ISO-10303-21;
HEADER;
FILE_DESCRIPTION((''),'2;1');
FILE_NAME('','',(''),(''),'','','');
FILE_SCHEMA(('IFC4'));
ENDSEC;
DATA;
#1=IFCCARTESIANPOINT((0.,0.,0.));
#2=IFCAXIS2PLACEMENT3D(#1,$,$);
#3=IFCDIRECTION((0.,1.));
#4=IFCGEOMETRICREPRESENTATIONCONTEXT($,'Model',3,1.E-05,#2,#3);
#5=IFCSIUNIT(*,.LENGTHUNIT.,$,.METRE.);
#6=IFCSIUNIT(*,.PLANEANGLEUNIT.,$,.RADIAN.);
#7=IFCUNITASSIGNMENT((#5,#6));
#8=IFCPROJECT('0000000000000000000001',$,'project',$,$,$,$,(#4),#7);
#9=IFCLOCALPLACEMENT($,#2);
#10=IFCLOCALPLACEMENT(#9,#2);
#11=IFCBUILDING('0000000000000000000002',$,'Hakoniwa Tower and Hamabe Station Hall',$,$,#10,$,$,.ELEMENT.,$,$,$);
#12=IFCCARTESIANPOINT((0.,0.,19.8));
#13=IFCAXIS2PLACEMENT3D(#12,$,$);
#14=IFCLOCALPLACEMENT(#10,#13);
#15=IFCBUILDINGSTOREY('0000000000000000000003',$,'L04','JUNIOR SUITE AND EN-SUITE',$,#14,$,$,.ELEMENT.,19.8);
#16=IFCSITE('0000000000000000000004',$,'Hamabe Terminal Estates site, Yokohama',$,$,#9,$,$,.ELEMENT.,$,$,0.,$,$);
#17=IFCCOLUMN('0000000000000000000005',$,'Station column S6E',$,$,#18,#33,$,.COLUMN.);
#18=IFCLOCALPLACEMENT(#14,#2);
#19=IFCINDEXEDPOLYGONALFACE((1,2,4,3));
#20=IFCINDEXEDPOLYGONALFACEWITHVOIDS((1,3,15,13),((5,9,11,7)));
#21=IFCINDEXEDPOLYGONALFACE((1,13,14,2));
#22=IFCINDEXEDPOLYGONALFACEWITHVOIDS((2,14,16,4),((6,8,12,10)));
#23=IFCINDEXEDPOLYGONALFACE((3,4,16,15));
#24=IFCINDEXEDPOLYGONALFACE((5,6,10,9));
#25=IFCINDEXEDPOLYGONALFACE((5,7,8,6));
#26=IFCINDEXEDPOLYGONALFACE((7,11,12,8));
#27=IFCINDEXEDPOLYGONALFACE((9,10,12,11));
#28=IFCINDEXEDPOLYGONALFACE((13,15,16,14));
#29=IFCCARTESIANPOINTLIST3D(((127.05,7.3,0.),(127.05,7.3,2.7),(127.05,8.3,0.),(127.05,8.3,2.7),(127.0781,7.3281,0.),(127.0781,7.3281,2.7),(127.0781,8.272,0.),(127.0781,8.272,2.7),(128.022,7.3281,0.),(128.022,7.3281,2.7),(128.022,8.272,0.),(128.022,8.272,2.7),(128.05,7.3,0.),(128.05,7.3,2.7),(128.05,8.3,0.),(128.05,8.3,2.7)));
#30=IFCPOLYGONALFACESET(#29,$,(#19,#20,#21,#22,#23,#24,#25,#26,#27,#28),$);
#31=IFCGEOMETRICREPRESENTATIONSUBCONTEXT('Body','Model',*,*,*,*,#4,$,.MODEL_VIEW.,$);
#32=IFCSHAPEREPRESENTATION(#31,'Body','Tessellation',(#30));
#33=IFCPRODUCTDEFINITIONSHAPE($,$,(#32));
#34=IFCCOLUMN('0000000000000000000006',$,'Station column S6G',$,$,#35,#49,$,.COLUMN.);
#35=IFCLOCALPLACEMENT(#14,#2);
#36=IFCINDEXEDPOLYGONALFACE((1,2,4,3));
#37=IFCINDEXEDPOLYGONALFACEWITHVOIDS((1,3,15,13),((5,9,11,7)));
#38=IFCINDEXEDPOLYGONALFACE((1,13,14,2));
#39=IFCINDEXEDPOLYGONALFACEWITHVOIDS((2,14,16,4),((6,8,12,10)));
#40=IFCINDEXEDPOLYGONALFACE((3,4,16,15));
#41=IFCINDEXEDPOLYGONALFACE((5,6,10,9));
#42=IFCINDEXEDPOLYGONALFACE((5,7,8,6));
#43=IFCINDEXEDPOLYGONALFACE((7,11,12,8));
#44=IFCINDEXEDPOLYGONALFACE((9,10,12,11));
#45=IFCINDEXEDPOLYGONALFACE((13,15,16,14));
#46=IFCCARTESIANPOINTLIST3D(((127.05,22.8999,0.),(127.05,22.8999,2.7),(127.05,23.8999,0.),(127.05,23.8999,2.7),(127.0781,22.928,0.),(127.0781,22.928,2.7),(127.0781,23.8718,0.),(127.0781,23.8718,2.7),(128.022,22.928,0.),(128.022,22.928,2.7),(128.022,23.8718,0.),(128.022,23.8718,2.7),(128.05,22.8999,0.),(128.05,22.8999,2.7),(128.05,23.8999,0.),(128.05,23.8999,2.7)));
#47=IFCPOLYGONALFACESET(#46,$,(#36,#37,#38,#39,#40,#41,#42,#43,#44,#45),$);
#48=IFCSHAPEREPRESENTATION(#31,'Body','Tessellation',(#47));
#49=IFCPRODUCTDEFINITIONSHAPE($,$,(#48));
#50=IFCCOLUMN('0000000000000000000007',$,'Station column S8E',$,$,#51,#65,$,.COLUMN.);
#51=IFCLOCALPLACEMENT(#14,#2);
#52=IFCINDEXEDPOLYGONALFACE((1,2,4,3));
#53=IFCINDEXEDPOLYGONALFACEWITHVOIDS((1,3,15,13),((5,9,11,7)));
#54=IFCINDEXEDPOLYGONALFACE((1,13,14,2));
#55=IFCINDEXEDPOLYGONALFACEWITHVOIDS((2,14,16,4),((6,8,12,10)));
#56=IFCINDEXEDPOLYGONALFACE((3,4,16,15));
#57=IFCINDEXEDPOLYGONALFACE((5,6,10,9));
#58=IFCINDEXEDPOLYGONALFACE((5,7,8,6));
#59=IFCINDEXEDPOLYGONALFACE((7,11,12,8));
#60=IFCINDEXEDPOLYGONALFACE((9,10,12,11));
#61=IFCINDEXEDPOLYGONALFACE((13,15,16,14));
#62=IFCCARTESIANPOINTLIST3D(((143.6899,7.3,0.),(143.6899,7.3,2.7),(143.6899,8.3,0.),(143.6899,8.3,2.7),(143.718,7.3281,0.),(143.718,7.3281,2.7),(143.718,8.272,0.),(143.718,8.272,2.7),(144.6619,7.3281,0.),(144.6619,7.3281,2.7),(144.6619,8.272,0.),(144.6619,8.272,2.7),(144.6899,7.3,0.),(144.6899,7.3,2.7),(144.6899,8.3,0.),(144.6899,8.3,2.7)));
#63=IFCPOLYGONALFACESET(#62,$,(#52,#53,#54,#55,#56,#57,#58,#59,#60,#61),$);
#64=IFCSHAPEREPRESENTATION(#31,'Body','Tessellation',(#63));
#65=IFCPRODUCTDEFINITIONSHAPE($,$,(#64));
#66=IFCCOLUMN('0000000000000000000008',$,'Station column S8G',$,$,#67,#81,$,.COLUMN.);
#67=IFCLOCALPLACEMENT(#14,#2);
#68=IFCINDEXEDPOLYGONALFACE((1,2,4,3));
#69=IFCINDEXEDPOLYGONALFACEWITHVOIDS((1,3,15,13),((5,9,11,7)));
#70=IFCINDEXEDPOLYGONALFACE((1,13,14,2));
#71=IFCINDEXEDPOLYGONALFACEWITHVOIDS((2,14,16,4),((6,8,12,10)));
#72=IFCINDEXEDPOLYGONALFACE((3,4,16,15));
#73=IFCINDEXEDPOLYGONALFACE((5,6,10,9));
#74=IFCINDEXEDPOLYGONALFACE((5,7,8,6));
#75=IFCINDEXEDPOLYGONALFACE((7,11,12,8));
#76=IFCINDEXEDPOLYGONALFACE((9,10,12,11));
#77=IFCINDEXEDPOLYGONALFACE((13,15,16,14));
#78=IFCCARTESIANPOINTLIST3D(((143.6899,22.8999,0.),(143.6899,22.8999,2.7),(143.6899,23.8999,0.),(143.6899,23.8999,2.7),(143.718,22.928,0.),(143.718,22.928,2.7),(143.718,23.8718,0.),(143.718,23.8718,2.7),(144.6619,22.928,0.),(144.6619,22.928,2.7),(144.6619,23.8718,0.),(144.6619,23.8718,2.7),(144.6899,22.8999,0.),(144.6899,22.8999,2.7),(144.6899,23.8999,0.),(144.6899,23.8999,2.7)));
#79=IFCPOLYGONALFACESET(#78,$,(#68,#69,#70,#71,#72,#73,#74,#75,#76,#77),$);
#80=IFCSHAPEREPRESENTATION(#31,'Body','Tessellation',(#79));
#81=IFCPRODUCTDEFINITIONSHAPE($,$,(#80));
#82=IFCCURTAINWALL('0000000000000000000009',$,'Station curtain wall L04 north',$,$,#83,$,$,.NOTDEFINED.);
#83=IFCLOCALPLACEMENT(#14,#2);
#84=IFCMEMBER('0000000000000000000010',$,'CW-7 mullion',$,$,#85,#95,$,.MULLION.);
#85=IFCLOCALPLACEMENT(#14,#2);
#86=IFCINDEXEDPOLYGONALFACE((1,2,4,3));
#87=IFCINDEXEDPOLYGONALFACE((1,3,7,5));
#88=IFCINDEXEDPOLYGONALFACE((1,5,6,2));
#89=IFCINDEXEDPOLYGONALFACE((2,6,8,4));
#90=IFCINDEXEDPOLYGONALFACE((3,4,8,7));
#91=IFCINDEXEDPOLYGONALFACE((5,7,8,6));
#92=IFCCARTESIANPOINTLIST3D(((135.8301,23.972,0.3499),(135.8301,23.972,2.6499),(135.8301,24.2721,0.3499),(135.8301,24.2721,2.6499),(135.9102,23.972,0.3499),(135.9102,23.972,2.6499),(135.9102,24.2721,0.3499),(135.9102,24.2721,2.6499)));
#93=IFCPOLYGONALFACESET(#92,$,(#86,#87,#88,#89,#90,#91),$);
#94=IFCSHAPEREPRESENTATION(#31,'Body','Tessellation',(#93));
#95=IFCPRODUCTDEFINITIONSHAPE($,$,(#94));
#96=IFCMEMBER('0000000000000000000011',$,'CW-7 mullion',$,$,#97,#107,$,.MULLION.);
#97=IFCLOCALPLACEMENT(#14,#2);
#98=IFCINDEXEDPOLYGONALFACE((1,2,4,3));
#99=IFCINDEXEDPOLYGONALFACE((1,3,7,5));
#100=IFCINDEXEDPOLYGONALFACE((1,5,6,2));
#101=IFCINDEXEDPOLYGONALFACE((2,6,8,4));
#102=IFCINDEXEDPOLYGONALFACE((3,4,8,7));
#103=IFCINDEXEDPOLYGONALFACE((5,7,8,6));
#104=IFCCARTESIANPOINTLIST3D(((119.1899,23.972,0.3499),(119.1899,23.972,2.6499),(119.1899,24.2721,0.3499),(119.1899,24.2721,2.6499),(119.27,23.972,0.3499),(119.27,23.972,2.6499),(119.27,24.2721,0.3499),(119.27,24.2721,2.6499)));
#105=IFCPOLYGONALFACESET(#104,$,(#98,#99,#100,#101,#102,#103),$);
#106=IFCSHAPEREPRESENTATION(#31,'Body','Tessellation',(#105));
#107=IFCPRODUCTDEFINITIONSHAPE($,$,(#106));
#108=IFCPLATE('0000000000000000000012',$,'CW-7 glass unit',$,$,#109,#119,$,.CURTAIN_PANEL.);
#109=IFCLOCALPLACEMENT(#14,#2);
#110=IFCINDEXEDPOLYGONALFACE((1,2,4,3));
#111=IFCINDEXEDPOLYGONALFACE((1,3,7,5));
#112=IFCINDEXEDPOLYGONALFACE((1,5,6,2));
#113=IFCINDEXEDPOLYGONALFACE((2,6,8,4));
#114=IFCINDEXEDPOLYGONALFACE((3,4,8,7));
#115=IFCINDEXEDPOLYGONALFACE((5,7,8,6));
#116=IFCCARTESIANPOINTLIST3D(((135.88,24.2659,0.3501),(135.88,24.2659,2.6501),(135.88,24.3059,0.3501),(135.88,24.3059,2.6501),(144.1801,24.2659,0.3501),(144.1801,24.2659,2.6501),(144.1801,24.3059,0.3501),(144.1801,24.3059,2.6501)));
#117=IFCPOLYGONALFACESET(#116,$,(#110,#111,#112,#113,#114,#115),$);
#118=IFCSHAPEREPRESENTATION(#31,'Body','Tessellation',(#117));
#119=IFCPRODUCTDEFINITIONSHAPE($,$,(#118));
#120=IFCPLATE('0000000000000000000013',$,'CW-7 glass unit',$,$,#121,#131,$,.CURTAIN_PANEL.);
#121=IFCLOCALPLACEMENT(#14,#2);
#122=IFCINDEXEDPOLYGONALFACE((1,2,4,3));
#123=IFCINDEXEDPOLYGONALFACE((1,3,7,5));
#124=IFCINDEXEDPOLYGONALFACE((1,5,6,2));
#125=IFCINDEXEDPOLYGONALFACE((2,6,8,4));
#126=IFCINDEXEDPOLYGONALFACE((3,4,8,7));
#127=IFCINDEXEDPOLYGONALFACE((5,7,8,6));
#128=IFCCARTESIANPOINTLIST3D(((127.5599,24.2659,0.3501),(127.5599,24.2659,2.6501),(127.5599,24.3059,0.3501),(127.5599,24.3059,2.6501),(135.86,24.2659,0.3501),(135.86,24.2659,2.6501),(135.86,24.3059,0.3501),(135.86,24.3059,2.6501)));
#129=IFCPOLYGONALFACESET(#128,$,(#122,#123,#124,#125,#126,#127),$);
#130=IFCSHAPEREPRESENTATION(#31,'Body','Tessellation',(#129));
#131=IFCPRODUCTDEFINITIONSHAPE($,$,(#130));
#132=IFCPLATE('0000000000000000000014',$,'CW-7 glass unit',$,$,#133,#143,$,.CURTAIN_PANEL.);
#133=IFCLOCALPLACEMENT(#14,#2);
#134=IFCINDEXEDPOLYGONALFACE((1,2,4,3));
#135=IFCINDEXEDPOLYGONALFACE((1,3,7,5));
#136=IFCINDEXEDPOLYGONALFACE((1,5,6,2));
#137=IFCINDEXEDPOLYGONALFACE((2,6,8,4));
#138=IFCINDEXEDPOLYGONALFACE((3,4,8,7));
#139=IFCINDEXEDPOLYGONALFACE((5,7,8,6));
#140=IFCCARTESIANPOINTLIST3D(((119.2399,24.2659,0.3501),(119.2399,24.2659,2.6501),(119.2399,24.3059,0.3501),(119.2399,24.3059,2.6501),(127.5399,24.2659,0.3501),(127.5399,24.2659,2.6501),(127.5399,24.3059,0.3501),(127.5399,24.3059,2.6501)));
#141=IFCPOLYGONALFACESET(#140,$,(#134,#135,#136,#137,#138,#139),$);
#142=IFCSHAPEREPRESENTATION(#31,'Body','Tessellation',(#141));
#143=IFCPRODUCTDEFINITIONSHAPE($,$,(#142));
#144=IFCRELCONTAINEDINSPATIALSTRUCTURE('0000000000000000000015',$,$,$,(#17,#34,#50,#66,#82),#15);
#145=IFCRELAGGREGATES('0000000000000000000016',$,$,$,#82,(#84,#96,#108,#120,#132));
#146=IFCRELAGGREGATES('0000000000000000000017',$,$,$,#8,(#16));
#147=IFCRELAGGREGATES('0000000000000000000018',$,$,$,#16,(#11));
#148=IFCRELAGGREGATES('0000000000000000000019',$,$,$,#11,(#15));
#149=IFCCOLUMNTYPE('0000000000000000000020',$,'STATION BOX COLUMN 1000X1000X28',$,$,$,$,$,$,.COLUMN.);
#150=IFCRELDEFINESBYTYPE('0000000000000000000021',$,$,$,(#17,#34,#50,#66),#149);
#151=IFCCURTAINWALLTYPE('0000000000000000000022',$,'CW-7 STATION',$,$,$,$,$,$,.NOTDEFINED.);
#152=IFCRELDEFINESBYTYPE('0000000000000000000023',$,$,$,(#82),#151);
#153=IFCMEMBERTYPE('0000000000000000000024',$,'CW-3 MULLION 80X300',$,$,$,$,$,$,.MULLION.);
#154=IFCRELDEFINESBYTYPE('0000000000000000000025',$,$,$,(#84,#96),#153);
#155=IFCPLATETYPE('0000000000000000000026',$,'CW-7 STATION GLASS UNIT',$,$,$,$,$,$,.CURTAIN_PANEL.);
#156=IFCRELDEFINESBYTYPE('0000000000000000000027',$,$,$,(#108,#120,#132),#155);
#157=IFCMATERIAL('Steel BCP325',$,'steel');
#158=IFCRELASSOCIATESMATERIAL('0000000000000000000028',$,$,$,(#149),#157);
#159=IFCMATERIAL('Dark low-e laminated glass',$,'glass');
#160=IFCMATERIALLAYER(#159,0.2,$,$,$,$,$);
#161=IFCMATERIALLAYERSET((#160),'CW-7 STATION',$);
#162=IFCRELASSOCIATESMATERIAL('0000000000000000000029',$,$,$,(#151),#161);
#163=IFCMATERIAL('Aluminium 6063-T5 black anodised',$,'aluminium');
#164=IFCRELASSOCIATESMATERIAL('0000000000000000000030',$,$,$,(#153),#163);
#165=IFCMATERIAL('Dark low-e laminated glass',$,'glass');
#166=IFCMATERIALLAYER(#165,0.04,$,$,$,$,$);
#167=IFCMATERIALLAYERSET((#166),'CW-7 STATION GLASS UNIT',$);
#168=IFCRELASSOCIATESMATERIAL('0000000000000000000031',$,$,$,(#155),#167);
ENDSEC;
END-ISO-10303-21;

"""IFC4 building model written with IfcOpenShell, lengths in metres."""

from ifc_helpers import new_model, si_unit, direction, frame, origin, origin_2d, place, context, subcontext, project, spatial, rectangle, hollow_rectangle, extrude, material, layer, layer_set, material_profile, profile_set, type_object, element, aggregate, save


model = new_model("IFC4")

# Units and contexts
model_context = context("Model", 3, precision=1e-05, world=origin(), true_north=direction((0.0, 1.0)))
body_context = subcontext(model_context, "Body", "Model", "MODEL_VIEW")
ifc_project = project(units=[si_unit("LENGTHUNIT", "METRE"), si_unit("PLANEANGLEUNIT", "RADIAN")], contexts=[model_context])

# Site, building, storey
site_placement = place(None, origin())
site = spatial("IfcSite", under=ifc_project, at=site_placement, Name="Hamabe Terminal Estates site, Yokohama", CompositionType="ELEMENT", RefElevation=0.0)
building_placement = place(site_placement, origin())
building = spatial("IfcBuilding", under=site, at=building_placement, Name="Hakoniwa Tower and Hamabe Station Hall", CompositionType="ELEMENT")
storey_placement = place(building_placement, frame((0.0, 0.0, 19.8)))
storey = spatial("IfcBuildingStorey", under=building, at=storey_placement, Name="L04", Description="JUNIOR SUITE AND EN-SUITE", CompositionType="ELEMENT", Elevation=19.8)

# Columns
ifc_material_1 = material(Name="Steel BCP325", Category="steel")
ifc_material_profile_1 = material_profile(ifc_material_1, hollow_rectangle(XDim=1.0, YDim=1.0, WallThickness=0.0281, at=origin_2d()), Name="STATION BOX COLUMN 1000X1000X28")
ifc_profile_set_1 = profile_set([ifc_material_profile_1], Name="Steel BCP325")
column_type = type_object("IfcColumnType", Name="STATION BOX COLUMN 1000X1000X28", PredefinedType="COLUMN", material=ifc_profile_set_1)
for number, where, z_axis, x_axis, name in (
    (1, (127.55, 7.8, 0.0), (0.0, 0.0, 1.0), (1.0, 0.0, 0.0), "Station column S6E"),
    (2, (127.55, 23.3999, 0.0), (0.0, 0.0, 1.0), (1.0, 0.0, 0.0), "Station column S6G"),
    (3, (144.1899, 7.8, 0.0), (0.0, 0.0, 1.0), (1.0, 0.0, 0.0), "Station column S8E"),
    (4, (144.1899, 23.3999, 0.0), (0.0, 0.0, 1.0), (1.0, 0.0, 0.0), "Station column S8G"),
):
    element("IfcColumn", number, at=place(storey_placement, frame(where, z_axis=z_axis, x_axis=x_axis)), inside=storey, type_object=column_type, Name=name, PredefinedType="COLUMN", context=body_context, shape_type="SweptSolid", body=[
        extrude(hollow_rectangle(XDim=1.0, YDim=1.0, WallThickness=0.0281, at=origin_2d()), origin(), (0.0, 0.0, 1.0), 2.7),
    ])

# Curtain wall, members, plates
ifc_material_2 = material(Name="Dark low-e laminated glass", Category="glass")
ifc_layer_1 = layer(ifc_material_2, 0.2)
ifc_layer_set_1 = layer_set([ifc_layer_1], Name="CW-7 STATION")
curtain_wall_type = type_object("IfcCurtainWallType", Name="CW-7 STATION", PredefinedType="NOTDEFINED", material=ifc_layer_set_1)
curtain_wall_placement = place(storey_placement, origin())
curtain_wall = element("IfcCurtainWall", 5, at=curtain_wall_placement, inside=storey, type_object=curtain_wall_type, Name="Station curtain wall L04 north", PredefinedType="NOTDEFINED")
ifc_material_3 = material(Name="Aluminium 6063-T5 black anodised", Category="aluminium")
ifc_material_profile_2 = material_profile(ifc_material_3, rectangle(XDim=0.0801, YDim=0.3, at=origin_2d()), Name="CW-3 MULLION 80X300")
ifc_profile_set_2 = profile_set([ifc_material_profile_2], Name="Aluminium 6063-T5 black anodised")
member_type = type_object("IfcMemberType", Name="CW-3 MULLION 80X300", PredefinedType="MULLION", material=ifc_profile_set_2)
member_1_placement = place(storey_placement, frame((135.8701, 24.1221, 0.3499), z_axis=(0.0, 0.0, 1.0), x_axis=(-1.0, 0.0, 0.0)))
member_1 = element("IfcMember", 6, at=member_1_placement, type_object=member_type, Name="CW-7 mullion", PredefinedType="MULLION", context=body_context, shape_type="SweptSolid", body=[
    extrude(rectangle(XDim=0.0801, YDim=0.3, at=origin_2d()), origin(), (0.0, 0.0, 1.0), 2.3),
])
member_2_placement = place(storey_placement, frame((119.23, 24.1221, 0.3499), z_axis=(0.0, 0.0, 1.0), x_axis=(-1.0, 0.0, 0.0)))
member_2 = element("IfcMember", 7, at=member_2_placement, type_object=member_type, Name="CW-7 mullion", PredefinedType="MULLION", context=body_context, shape_type="SweptSolid", body=[
    extrude(rectangle(XDim=0.0801, YDim=0.3, at=origin_2d()), origin(), (0.0, 0.0, 1.0), 2.3),
])
ifc_material_4 = material(Name="Dark low-e laminated glass", Category="glass")
ifc_layer_2 = layer(ifc_material_4, 0.04)
ifc_layer_set_2 = layer_set([ifc_layer_2], Name="CW-7 STATION GLASS UNIT")
plate_type = type_object("IfcPlateType", Name="CW-7 STATION GLASS UNIT", PredefinedType="CURTAIN_PANEL", material=ifc_layer_set_2)
plate_1_placement = place(storey_placement, frame((140.03, 24.2859, 0.3501), z_axis=(0.0, 0.0, 1.0), x_axis=(-1.0, 0.0, 0.0)))
plate_1 = element("IfcPlate", 8, at=plate_1_placement, type_object=plate_type, Name="CW-7 glass unit", PredefinedType="CURTAIN_PANEL", context=body_context, shape_type="SweptSolid", body=[
    extrude(rectangle(XDim=8.3, YDim=0.04, at=origin_2d()), origin(), (0.0, 0.0, 1.0), 2.3),
])
plate_2_placement = place(storey_placement, frame((131.71, 24.2859, 0.3501), z_axis=(0.0, 0.0, 1.0), x_axis=(-1.0, 0.0, 0.0)))
plate_2 = element("IfcPlate", 9, at=plate_2_placement, type_object=plate_type, Name="CW-7 glass unit", PredefinedType="CURTAIN_PANEL", context=body_context, shape_type="SweptSolid", body=[
    extrude(rectangle(XDim=8.3, YDim=0.04, at=origin_2d()), origin(), (0.0, 0.0, 1.0), 2.3),
])
plate_3_placement = place(storey_placement, frame((123.3899, 24.2859, 0.3501), z_axis=(0.0, 0.0, 1.0), x_axis=(-1.0, 0.0, 0.0)))
plate_3 = element("IfcPlate", 10, at=plate_3_placement, type_object=plate_type, Name="CW-7 glass unit", PredefinedType="CURTAIN_PANEL", context=body_context, shape_type="SweptSolid", body=[
    extrude(rectangle(XDim=8.3, YDim=0.04, at=origin_2d()), origin(), (0.0, 0.0, 1.0), 2.3),
])
aggregate(curtain_wall, [member_1, member_2, plate_1, plate_2, plate_3])

save(model, "model.ifc")
